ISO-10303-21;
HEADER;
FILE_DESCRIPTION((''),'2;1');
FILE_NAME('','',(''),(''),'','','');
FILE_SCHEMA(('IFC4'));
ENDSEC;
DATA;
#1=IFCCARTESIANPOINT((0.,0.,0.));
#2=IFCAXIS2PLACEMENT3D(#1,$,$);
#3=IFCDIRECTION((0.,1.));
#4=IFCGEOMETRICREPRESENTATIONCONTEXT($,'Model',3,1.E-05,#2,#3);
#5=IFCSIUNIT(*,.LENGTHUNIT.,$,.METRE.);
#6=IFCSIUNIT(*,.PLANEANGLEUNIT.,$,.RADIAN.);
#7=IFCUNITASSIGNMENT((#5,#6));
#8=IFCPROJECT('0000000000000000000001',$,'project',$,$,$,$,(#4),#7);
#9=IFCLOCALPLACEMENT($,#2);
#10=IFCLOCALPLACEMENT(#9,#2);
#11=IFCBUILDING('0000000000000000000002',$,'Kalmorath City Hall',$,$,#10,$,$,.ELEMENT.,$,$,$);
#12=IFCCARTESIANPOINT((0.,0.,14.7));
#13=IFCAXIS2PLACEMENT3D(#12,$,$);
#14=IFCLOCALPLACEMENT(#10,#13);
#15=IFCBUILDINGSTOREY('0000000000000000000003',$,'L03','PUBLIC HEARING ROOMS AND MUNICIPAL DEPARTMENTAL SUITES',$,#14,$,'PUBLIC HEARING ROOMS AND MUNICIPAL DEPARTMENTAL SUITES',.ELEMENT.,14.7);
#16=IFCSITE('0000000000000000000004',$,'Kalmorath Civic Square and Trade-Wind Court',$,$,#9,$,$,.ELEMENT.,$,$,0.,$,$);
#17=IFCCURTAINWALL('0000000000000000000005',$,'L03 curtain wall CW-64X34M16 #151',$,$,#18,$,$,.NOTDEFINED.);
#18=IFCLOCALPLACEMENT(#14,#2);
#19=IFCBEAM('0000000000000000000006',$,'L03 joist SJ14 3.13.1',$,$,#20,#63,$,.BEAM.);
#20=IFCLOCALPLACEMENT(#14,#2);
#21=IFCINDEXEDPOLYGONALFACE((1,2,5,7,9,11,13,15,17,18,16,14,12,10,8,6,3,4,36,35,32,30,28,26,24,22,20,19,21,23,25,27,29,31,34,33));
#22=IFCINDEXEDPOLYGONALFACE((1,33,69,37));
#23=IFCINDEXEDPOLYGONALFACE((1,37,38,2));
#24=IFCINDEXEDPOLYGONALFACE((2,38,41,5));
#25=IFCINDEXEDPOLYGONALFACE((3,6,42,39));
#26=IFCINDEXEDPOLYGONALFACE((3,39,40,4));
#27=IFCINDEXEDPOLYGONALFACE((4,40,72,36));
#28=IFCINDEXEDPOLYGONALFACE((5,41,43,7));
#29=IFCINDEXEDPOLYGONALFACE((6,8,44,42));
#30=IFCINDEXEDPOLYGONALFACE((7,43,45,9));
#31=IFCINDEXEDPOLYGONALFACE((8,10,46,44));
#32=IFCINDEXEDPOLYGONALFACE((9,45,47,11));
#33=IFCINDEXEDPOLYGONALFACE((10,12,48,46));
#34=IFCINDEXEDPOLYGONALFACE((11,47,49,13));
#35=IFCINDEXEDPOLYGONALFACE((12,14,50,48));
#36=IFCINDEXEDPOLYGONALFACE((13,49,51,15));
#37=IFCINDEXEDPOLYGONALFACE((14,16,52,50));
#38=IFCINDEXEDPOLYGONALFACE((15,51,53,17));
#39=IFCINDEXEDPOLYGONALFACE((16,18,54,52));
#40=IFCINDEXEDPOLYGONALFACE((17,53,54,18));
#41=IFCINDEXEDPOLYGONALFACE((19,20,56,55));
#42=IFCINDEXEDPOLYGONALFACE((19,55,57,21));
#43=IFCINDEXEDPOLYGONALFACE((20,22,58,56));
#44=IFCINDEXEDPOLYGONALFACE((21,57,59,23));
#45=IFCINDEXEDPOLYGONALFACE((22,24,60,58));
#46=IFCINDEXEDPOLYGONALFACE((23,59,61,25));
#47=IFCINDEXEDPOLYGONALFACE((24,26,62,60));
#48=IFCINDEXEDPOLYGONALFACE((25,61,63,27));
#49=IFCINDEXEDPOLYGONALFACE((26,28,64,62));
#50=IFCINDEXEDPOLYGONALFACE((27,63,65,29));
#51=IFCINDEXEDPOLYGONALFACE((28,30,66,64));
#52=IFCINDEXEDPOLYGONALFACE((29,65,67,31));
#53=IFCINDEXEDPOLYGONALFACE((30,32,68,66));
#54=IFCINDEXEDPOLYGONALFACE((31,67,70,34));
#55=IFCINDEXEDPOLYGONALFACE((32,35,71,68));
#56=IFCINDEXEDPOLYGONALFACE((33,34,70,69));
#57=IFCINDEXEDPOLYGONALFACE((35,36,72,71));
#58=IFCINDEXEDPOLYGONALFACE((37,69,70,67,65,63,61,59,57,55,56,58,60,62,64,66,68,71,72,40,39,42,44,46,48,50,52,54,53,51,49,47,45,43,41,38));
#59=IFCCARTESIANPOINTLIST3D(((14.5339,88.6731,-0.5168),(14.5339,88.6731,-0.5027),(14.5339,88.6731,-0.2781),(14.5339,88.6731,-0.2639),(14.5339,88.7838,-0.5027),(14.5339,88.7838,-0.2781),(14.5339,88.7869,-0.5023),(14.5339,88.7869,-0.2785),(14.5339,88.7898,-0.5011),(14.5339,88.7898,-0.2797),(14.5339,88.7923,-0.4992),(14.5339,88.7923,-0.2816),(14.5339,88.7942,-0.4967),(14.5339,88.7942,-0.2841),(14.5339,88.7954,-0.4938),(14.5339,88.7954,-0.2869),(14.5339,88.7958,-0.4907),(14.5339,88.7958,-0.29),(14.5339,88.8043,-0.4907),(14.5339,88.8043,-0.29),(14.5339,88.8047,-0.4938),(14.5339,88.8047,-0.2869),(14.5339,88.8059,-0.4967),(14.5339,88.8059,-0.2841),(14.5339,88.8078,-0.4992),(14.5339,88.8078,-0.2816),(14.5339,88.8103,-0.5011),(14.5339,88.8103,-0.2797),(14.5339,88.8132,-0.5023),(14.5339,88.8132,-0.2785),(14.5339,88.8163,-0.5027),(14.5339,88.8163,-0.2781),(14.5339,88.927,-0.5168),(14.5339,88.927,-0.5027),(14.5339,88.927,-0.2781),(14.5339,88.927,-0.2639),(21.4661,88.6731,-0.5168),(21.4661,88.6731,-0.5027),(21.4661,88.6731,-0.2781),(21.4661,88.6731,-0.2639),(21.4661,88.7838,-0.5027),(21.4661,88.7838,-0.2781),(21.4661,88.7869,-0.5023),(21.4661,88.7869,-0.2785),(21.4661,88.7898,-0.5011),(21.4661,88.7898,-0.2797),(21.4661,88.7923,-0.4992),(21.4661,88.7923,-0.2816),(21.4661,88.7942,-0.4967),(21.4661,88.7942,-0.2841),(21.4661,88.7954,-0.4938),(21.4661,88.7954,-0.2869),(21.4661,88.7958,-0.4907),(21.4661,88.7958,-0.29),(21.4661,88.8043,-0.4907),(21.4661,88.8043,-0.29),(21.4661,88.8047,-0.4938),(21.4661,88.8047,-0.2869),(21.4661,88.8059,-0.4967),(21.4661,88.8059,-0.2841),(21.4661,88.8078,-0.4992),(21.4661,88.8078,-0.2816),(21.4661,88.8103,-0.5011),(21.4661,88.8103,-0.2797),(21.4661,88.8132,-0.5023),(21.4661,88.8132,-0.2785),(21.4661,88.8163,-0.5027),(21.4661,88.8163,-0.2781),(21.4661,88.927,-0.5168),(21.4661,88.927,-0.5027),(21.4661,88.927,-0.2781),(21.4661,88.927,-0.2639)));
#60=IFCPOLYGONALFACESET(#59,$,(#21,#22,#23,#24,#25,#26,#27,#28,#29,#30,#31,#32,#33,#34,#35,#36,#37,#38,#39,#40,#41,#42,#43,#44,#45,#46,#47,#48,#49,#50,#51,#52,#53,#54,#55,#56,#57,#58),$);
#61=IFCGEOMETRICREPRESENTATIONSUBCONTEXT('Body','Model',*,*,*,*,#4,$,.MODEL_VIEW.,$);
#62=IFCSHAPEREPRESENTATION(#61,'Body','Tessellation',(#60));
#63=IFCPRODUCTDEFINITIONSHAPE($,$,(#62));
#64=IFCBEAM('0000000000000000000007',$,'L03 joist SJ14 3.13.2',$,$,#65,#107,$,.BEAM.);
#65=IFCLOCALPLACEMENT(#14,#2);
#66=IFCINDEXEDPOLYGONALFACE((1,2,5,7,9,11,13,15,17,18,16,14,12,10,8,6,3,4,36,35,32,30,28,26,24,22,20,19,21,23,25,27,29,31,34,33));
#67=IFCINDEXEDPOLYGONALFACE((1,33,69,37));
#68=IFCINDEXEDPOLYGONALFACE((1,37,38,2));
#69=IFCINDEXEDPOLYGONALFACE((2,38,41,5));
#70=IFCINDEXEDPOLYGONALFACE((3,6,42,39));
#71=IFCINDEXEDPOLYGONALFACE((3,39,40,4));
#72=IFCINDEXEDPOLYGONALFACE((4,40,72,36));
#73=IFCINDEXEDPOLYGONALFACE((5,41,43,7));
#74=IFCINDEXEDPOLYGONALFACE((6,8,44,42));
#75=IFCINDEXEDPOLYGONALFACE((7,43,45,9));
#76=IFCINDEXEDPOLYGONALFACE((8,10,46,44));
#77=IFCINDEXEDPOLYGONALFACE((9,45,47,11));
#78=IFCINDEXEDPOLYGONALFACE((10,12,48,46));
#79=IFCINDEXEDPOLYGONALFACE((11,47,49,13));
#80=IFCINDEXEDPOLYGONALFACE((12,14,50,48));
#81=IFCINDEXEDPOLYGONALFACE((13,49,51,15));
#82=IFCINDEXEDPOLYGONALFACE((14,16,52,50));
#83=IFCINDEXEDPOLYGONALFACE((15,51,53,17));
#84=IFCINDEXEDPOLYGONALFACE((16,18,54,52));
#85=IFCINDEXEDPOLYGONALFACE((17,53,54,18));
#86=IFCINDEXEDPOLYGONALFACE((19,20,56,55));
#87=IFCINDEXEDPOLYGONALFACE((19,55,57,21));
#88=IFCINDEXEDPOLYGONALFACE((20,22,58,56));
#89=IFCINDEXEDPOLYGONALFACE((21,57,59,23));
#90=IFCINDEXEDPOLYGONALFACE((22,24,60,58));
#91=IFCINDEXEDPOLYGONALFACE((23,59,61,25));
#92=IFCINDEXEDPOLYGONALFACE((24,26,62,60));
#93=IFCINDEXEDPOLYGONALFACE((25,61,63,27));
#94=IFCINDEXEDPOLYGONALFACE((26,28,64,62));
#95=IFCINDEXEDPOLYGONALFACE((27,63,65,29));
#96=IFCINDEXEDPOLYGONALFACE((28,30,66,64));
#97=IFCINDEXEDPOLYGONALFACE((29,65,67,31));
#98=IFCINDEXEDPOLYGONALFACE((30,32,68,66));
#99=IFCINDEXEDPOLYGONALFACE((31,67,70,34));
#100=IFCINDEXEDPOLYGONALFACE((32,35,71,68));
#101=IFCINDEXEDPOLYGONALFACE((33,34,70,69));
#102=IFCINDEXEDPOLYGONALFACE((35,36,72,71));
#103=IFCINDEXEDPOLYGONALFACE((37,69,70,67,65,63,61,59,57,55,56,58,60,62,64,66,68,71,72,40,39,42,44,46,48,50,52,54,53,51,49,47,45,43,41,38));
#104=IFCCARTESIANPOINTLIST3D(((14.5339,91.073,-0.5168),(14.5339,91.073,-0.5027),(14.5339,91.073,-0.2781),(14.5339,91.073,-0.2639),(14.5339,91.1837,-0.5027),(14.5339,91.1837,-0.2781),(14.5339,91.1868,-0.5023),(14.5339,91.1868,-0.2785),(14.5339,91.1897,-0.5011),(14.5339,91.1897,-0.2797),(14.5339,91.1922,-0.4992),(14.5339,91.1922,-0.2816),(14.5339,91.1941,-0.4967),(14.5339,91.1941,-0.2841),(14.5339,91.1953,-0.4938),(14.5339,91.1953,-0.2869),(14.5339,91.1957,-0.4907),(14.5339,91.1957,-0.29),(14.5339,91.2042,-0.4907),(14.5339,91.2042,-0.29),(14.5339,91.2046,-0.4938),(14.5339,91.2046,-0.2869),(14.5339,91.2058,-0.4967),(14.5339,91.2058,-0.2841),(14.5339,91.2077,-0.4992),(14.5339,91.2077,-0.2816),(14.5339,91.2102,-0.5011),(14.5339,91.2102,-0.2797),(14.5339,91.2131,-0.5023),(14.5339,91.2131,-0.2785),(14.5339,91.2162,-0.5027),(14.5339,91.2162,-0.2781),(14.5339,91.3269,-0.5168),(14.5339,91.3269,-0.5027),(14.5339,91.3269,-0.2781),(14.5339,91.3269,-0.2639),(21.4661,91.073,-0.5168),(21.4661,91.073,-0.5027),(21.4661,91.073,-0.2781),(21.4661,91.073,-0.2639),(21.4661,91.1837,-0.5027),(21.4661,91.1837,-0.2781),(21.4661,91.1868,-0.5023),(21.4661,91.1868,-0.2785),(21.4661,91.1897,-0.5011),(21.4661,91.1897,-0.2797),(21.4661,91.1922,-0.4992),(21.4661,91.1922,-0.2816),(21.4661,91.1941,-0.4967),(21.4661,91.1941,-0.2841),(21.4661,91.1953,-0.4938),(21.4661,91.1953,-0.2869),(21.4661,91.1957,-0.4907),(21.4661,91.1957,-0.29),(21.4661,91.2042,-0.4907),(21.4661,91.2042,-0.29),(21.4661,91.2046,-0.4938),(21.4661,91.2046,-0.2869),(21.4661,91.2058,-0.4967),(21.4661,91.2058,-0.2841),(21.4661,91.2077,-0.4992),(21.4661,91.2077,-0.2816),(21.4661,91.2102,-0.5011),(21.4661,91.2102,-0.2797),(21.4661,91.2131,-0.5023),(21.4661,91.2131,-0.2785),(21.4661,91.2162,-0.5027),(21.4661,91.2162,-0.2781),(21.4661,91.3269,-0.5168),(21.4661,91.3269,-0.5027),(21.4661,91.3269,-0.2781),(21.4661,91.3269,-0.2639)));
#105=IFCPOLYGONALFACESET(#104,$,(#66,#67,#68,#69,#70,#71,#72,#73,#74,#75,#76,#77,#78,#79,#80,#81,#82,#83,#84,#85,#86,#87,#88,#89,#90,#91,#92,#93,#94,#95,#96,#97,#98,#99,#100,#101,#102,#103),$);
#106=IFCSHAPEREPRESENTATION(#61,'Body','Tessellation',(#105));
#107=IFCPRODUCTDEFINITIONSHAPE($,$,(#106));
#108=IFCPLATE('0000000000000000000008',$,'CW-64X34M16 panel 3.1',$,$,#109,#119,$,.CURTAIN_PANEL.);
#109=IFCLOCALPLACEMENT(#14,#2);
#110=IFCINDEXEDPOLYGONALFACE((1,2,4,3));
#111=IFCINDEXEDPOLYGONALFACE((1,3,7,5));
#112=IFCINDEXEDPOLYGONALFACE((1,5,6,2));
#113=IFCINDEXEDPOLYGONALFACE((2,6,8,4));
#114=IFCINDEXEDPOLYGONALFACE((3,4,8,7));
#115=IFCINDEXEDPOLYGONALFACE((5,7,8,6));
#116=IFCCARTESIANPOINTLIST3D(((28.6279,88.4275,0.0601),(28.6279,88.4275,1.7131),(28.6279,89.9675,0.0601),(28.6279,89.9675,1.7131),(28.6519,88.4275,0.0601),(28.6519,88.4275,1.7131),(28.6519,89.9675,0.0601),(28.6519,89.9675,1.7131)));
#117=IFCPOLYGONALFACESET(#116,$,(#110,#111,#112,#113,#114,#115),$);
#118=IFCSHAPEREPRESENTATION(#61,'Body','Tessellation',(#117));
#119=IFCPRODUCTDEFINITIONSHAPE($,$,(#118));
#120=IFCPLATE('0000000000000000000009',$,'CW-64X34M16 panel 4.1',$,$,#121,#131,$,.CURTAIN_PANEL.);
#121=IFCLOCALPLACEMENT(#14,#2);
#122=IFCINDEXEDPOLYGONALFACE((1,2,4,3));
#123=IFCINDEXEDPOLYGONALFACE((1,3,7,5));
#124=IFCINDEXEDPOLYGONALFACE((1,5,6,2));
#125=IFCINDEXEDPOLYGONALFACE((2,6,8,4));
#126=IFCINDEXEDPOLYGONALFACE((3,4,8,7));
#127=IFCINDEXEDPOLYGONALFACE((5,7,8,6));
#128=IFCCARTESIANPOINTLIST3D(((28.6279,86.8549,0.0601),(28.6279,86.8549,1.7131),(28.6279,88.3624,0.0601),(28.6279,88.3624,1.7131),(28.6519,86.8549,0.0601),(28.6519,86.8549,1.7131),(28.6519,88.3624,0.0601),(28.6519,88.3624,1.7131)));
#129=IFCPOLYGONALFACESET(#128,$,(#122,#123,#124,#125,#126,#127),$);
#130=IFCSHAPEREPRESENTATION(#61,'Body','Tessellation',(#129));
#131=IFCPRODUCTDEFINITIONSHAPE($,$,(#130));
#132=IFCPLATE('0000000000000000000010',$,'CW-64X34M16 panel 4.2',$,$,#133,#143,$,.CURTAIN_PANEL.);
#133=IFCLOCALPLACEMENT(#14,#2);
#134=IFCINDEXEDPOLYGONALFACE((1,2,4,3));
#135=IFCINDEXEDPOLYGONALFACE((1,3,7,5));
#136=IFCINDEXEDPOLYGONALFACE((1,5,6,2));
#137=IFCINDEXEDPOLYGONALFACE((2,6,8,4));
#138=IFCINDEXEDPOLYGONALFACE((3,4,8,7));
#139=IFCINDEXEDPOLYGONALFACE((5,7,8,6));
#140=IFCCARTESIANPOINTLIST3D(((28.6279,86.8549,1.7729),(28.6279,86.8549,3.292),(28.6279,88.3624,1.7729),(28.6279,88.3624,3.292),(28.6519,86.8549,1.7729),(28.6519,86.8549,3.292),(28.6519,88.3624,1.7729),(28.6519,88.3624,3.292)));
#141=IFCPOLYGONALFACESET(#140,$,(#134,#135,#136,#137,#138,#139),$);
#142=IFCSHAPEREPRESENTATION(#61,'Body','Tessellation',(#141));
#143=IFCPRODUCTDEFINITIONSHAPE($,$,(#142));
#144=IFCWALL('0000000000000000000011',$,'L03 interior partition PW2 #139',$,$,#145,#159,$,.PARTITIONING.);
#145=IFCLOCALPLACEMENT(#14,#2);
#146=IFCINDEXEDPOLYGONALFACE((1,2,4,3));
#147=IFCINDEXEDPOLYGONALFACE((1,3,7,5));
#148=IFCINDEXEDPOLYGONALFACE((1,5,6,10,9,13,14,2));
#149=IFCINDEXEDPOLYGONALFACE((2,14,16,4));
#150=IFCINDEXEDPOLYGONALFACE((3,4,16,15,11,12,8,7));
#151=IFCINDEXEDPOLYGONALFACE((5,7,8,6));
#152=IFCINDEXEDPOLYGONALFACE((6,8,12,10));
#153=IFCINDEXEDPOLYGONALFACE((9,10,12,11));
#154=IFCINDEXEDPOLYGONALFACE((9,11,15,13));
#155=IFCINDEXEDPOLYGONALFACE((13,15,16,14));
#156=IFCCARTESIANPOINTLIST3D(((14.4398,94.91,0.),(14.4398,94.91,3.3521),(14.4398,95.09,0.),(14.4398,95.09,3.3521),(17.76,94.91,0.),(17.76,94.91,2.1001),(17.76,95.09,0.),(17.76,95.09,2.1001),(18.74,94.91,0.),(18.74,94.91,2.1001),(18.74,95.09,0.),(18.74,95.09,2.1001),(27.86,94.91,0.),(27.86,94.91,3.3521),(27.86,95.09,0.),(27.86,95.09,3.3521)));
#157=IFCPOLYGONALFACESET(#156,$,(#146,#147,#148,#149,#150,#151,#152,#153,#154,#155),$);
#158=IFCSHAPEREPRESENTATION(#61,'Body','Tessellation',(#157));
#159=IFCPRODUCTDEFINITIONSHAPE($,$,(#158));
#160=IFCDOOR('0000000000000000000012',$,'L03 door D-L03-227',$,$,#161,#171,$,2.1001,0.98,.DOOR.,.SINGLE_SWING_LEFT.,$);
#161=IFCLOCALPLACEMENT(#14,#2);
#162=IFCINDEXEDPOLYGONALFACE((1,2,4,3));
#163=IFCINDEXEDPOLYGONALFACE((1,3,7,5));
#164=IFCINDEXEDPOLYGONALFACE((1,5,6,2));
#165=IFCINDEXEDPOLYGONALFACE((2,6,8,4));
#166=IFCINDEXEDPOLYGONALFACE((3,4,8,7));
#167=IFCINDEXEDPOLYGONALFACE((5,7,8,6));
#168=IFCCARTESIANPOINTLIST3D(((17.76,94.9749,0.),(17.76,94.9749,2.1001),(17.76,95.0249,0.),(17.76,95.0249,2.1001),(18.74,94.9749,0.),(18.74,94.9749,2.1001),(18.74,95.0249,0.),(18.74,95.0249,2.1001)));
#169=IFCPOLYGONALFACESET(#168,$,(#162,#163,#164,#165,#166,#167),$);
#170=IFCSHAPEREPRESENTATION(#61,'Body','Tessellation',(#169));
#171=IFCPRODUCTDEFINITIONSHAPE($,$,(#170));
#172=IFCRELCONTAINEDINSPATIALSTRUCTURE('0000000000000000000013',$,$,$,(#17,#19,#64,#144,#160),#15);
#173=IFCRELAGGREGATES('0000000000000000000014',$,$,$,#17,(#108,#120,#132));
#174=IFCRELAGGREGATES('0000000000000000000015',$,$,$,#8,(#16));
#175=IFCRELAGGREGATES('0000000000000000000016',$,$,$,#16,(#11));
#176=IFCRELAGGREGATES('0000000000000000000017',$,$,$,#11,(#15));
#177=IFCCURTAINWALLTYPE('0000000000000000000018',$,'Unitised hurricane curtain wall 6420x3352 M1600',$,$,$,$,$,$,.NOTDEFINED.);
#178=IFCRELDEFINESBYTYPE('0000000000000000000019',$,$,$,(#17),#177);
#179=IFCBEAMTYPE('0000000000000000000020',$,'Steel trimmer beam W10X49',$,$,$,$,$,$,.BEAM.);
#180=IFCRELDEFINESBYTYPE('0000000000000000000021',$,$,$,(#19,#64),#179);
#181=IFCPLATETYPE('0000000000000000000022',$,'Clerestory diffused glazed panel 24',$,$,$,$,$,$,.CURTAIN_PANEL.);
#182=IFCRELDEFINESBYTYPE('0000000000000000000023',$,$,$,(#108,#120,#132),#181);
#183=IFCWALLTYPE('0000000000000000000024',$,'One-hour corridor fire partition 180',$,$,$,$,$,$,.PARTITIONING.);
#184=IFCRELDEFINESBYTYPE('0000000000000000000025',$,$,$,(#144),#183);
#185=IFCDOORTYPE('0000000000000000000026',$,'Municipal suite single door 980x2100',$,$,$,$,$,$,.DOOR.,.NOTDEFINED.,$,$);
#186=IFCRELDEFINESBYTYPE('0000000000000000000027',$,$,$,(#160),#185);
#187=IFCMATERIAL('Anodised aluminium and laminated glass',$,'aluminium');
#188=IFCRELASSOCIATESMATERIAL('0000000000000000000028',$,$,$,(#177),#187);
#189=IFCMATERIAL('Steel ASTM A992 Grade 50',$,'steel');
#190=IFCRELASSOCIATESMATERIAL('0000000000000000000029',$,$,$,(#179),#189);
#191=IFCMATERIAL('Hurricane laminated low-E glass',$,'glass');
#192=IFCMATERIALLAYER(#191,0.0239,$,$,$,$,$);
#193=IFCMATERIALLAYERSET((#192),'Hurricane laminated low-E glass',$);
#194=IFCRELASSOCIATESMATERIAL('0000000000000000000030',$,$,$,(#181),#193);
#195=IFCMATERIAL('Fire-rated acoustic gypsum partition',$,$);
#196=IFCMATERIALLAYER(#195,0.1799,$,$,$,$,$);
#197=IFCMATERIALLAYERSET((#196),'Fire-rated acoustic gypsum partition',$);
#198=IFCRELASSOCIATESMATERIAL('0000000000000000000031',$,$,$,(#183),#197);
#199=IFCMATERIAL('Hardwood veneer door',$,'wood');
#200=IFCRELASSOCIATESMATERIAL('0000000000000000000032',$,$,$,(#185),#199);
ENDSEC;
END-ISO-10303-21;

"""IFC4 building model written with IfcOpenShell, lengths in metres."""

from ifc_helpers import new_model, si_unit, direction, frame, frame_2d, origin, origin_2d, place, context, subcontext, project, spatial, rectangle, i_section, extrude, material, layer, layer_set, material_profile, profile_set, type_object, element, fill, aggregate, save


model = new_model("IFC4")

# Units and contexts
model_context = context("Model", 3, precision=1e-05, world=origin(), true_north=direction((0.0, 1.0)))
body_context = subcontext(model_context, "Body", "Model", "MODEL_VIEW")
ifc_project = project(units=[si_unit("LENGTHUNIT", "METRE"), si_unit("PLANEANGLEUNIT", "RADIAN")], contexts=[model_context])

# Site, building, storey
site_placement = place(None, origin())
site = spatial("IfcSite", under=ifc_project, at=site_placement, Name="Kalmorath Civic Square and Trade-Wind Court", CompositionType="ELEMENT", RefElevation=0.0)
building_placement = place(site_placement, origin())
building = spatial("IfcBuilding", under=site, at=building_placement, Name="Kalmorath City Hall", CompositionType="ELEMENT")
storey_placement = place(building_placement, frame((0.0, 0.0, 14.7)))
storey = spatial("IfcBuildingStorey", under=building, at=storey_placement, Name="L03", Description="PUBLIC HEARING ROOMS AND MUNICIPAL DEPARTMENTAL SUITES", LongName="PUBLIC HEARING ROOMS AND MUNICIPAL DEPARTMENTAL SUITES", CompositionType="ELEMENT", Elevation=14.7)

# Curtain wall
ifc_material_1 = material(Name="Anodised aluminium and laminated glass", Category="aluminium")
curtain_wall_type = type_object("IfcCurtainWallType", Name="Unitised hurricane curtain wall 6420x3352 M1600", PredefinedType="NOTDEFINED", material=ifc_material_1)
curtain_wall_placement = place(storey_placement, origin())
curtain_wall = element("IfcCurtainWall", 1, at=curtain_wall_placement, inside=storey, type_object=curtain_wall_type, Name="L03 curtain wall CW-64X34M16 #151", PredefinedType="NOTDEFINED")

# Beams
ifc_material_2 = material(Name="Steel ASTM A992 Grade 50", Category="steel")
ifc_material_profile_1 = material_profile(ifc_material_2, i_section(OverallWidth=0.2539, OverallDepth=0.2529, WebThickness=0.0085, FlangeThickness=0.0142, FilletRadius=0.012, at=origin_2d()), Name="W10X49")
ifc_profile_set_1 = profile_set([ifc_material_profile_1], Name="Steel ASTM A992 Grade 50")
beam_type_1 = type_object("IfcBeamType", Name="Steel trimmer beam W10X49", PredefinedType="BEAM", material=ifc_profile_set_1)
for number, where, z_axis, x_axis, name in (
    (2, (14.5339, 88.8, -0.3904), (1.0, 0.0, 0.0), (0.0, 1.0, 0.0), "L03 joist SJ14 3.13.1"),
    (3, (14.5339, 91.2, -0.3904), (1.0, 0.0, 0.0), (0.0, 1.0, 0.0), "L03 joist SJ14 3.13.2"),
):
    element("IfcBeam", number, at=place(storey_placement, frame(where, z_axis=z_axis, x_axis=x_axis)), inside=storey, type_object=beam_type_1, Name=name, PredefinedType="BEAM", context=body_context, shape_type="SweptSolid", body=[
        extrude(i_section(OverallWidth=0.2539, OverallDepth=0.2529, WebThickness=0.0085, FlangeThickness=0.0142, FilletRadius=0.012, at=origin_2d()), origin(), (0.0, 0.0, 1.0), 6.9321),
    ])

# Plates
ifc_material_3 = material(Name="Hurricane laminated low-E glass", Category="glass")
ifc_layer_1 = layer(ifc_material_3, 0.0239)
ifc_layer_set_1 = layer_set([ifc_layer_1], Name="Hurricane laminated low-E glass")
plate_type = type_object("IfcPlateType", Name="Clerestory diffused glazed panel 24", PredefinedType="CURTAIN_PANEL", material=ifc_layer_set_1)
plate_1_placement = place(storey_placement, frame((28.6399, 89.1975, 0.0601), z_axis=(0.0, 0.0, 1.0), x_axis=(0.0, -1.0, 0.0)))
plate_1 = element("IfcPlate", 4, at=plate_1_placement, type_object=plate_type, Name="CW-64X34M16 panel 3.1", PredefinedType="CURTAIN_PANEL", context=body_context, shape_type="SweptSolid", body=[
    extrude(rectangle(XDim=1.54, YDim=0.0239, at=origin_2d()), origin(), (0.0, 0.0, 1.0), 1.6531),
])
plate_2_placement = place(storey_placement, frame((28.6399, 87.6086, 0.0601), z_axis=(0.0, 0.0, 1.0), x_axis=(0.0, -1.0, 0.0)))
plate_2 = element("IfcPlate", 5, at=plate_2_placement, type_object=plate_type, Name="CW-64X34M16 panel 4.1", PredefinedType="CURTAIN_PANEL", context=body_context, shape_type="SweptSolid", body=[
    extrude(rectangle(XDim=1.5076, YDim=0.0239, at=origin_2d()), origin(), (0.0, 0.0, 1.0), 1.6531),
])
plate_3_placement = place(storey_placement, frame((28.6399, 87.6086, 1.7729), z_axis=(0.0, 0.0, 1.0), x_axis=(0.0, -1.0, 0.0)))
plate_3 = element("IfcPlate", 6, at=plate_3_placement, type_object=plate_type, Name="CW-64X34M16 panel 4.2", PredefinedType="CURTAIN_PANEL", context=body_context, shape_type="SweptSolid", body=[
    extrude(rectangle(XDim=1.5076, YDim=0.0239, at=origin_2d()), origin(), (0.0, 0.0, 1.0), 1.519),
])
aggregate(curtain_wall, [plate_1, plate_2, plate_3])

# Wall, opening, door
ifc_material_4 = material(Name="Fire-rated acoustic gypsum partition")
ifc_layer_2 = layer(ifc_material_4, 0.1799)
ifc_layer_set_2 = layer_set([ifc_layer_2], Name="Fire-rated acoustic gypsum partition")
wall_type_1 = type_object("IfcWallType", Name="One-hour corridor fire partition 180", PredefinedType="PARTITIONING", material=ifc_layer_set_2)
wall_1_placement = place(storey_placement, frame((14.4399, 95.0, 0.0), z_axis=(0.0, 0.0, 1.0), x_axis=(1.0, 0.0, 0.0)))
wall_1 = element("IfcWall", 7, at=wall_1_placement, inside=storey, type_object=wall_type_1, Name="L03 interior partition PW2 #139", PredefinedType="PARTITIONING", context=body_context, shape_type="SweptSolid", body=[
    extrude(rectangle(XDim=13.4202, YDim=0.1799, at=frame_2d((6.71, 0.0))), origin(), (0.0, 0.0, 1.0), 3.3521),
])
opening_1_placement = place(wall_1_placement, frame((3.3201, 0.0, 0.0)))
opening_1 = element("IfcOpeningElement", 8, at=opening_1_placement, cuts=wall_1, PredefinedType="OPENING", context=body_context, shape_type="SweptSolid", body=[
    extrude(rectangle(XDim=0.98, YDim=2.1001, at=frame_2d((0.49, 1.05))), frame((0.0, 0.0999, 0.0), z_axis=(0.0, -1.0, 0.0), x_axis=(1.0, 0.0, 0.0)), (0.0, 0.0, 1.0), 0.2),
])
ifc_material_5 = material(Name="Hardwood veneer door", Category="wood")
door_type = type_object("IfcDoorType", Name="Municipal suite single door 980x2100", OperationType="NOTDEFINED", PredefinedType="DOOR", material=ifc_material_5)
door_placement = place(opening_1_placement, origin())
door = element("IfcDoor", 9, at=door_placement, inside=storey, type_object=door_type, Name="L03 door D-L03-227", OperationType="SINGLE_SWING_LEFT", OverallHeight=2.1001, OverallWidth=0.98, PredefinedType="DOOR", context=body_context, shape_type="SweptSolid", body=[
    extrude(rectangle(XDim=0.98, YDim=2.1001, at=frame_2d((0.49, 1.05))), frame((0.0, 0.0249, 0.0), z_axis=(0.0, -1.0, 0.0), x_axis=(1.0, 0.0, 0.0)), (0.0, 0.0, 1.0), 0.05),
])
fill(opening_1, door)

save(model, "model.ifc")
